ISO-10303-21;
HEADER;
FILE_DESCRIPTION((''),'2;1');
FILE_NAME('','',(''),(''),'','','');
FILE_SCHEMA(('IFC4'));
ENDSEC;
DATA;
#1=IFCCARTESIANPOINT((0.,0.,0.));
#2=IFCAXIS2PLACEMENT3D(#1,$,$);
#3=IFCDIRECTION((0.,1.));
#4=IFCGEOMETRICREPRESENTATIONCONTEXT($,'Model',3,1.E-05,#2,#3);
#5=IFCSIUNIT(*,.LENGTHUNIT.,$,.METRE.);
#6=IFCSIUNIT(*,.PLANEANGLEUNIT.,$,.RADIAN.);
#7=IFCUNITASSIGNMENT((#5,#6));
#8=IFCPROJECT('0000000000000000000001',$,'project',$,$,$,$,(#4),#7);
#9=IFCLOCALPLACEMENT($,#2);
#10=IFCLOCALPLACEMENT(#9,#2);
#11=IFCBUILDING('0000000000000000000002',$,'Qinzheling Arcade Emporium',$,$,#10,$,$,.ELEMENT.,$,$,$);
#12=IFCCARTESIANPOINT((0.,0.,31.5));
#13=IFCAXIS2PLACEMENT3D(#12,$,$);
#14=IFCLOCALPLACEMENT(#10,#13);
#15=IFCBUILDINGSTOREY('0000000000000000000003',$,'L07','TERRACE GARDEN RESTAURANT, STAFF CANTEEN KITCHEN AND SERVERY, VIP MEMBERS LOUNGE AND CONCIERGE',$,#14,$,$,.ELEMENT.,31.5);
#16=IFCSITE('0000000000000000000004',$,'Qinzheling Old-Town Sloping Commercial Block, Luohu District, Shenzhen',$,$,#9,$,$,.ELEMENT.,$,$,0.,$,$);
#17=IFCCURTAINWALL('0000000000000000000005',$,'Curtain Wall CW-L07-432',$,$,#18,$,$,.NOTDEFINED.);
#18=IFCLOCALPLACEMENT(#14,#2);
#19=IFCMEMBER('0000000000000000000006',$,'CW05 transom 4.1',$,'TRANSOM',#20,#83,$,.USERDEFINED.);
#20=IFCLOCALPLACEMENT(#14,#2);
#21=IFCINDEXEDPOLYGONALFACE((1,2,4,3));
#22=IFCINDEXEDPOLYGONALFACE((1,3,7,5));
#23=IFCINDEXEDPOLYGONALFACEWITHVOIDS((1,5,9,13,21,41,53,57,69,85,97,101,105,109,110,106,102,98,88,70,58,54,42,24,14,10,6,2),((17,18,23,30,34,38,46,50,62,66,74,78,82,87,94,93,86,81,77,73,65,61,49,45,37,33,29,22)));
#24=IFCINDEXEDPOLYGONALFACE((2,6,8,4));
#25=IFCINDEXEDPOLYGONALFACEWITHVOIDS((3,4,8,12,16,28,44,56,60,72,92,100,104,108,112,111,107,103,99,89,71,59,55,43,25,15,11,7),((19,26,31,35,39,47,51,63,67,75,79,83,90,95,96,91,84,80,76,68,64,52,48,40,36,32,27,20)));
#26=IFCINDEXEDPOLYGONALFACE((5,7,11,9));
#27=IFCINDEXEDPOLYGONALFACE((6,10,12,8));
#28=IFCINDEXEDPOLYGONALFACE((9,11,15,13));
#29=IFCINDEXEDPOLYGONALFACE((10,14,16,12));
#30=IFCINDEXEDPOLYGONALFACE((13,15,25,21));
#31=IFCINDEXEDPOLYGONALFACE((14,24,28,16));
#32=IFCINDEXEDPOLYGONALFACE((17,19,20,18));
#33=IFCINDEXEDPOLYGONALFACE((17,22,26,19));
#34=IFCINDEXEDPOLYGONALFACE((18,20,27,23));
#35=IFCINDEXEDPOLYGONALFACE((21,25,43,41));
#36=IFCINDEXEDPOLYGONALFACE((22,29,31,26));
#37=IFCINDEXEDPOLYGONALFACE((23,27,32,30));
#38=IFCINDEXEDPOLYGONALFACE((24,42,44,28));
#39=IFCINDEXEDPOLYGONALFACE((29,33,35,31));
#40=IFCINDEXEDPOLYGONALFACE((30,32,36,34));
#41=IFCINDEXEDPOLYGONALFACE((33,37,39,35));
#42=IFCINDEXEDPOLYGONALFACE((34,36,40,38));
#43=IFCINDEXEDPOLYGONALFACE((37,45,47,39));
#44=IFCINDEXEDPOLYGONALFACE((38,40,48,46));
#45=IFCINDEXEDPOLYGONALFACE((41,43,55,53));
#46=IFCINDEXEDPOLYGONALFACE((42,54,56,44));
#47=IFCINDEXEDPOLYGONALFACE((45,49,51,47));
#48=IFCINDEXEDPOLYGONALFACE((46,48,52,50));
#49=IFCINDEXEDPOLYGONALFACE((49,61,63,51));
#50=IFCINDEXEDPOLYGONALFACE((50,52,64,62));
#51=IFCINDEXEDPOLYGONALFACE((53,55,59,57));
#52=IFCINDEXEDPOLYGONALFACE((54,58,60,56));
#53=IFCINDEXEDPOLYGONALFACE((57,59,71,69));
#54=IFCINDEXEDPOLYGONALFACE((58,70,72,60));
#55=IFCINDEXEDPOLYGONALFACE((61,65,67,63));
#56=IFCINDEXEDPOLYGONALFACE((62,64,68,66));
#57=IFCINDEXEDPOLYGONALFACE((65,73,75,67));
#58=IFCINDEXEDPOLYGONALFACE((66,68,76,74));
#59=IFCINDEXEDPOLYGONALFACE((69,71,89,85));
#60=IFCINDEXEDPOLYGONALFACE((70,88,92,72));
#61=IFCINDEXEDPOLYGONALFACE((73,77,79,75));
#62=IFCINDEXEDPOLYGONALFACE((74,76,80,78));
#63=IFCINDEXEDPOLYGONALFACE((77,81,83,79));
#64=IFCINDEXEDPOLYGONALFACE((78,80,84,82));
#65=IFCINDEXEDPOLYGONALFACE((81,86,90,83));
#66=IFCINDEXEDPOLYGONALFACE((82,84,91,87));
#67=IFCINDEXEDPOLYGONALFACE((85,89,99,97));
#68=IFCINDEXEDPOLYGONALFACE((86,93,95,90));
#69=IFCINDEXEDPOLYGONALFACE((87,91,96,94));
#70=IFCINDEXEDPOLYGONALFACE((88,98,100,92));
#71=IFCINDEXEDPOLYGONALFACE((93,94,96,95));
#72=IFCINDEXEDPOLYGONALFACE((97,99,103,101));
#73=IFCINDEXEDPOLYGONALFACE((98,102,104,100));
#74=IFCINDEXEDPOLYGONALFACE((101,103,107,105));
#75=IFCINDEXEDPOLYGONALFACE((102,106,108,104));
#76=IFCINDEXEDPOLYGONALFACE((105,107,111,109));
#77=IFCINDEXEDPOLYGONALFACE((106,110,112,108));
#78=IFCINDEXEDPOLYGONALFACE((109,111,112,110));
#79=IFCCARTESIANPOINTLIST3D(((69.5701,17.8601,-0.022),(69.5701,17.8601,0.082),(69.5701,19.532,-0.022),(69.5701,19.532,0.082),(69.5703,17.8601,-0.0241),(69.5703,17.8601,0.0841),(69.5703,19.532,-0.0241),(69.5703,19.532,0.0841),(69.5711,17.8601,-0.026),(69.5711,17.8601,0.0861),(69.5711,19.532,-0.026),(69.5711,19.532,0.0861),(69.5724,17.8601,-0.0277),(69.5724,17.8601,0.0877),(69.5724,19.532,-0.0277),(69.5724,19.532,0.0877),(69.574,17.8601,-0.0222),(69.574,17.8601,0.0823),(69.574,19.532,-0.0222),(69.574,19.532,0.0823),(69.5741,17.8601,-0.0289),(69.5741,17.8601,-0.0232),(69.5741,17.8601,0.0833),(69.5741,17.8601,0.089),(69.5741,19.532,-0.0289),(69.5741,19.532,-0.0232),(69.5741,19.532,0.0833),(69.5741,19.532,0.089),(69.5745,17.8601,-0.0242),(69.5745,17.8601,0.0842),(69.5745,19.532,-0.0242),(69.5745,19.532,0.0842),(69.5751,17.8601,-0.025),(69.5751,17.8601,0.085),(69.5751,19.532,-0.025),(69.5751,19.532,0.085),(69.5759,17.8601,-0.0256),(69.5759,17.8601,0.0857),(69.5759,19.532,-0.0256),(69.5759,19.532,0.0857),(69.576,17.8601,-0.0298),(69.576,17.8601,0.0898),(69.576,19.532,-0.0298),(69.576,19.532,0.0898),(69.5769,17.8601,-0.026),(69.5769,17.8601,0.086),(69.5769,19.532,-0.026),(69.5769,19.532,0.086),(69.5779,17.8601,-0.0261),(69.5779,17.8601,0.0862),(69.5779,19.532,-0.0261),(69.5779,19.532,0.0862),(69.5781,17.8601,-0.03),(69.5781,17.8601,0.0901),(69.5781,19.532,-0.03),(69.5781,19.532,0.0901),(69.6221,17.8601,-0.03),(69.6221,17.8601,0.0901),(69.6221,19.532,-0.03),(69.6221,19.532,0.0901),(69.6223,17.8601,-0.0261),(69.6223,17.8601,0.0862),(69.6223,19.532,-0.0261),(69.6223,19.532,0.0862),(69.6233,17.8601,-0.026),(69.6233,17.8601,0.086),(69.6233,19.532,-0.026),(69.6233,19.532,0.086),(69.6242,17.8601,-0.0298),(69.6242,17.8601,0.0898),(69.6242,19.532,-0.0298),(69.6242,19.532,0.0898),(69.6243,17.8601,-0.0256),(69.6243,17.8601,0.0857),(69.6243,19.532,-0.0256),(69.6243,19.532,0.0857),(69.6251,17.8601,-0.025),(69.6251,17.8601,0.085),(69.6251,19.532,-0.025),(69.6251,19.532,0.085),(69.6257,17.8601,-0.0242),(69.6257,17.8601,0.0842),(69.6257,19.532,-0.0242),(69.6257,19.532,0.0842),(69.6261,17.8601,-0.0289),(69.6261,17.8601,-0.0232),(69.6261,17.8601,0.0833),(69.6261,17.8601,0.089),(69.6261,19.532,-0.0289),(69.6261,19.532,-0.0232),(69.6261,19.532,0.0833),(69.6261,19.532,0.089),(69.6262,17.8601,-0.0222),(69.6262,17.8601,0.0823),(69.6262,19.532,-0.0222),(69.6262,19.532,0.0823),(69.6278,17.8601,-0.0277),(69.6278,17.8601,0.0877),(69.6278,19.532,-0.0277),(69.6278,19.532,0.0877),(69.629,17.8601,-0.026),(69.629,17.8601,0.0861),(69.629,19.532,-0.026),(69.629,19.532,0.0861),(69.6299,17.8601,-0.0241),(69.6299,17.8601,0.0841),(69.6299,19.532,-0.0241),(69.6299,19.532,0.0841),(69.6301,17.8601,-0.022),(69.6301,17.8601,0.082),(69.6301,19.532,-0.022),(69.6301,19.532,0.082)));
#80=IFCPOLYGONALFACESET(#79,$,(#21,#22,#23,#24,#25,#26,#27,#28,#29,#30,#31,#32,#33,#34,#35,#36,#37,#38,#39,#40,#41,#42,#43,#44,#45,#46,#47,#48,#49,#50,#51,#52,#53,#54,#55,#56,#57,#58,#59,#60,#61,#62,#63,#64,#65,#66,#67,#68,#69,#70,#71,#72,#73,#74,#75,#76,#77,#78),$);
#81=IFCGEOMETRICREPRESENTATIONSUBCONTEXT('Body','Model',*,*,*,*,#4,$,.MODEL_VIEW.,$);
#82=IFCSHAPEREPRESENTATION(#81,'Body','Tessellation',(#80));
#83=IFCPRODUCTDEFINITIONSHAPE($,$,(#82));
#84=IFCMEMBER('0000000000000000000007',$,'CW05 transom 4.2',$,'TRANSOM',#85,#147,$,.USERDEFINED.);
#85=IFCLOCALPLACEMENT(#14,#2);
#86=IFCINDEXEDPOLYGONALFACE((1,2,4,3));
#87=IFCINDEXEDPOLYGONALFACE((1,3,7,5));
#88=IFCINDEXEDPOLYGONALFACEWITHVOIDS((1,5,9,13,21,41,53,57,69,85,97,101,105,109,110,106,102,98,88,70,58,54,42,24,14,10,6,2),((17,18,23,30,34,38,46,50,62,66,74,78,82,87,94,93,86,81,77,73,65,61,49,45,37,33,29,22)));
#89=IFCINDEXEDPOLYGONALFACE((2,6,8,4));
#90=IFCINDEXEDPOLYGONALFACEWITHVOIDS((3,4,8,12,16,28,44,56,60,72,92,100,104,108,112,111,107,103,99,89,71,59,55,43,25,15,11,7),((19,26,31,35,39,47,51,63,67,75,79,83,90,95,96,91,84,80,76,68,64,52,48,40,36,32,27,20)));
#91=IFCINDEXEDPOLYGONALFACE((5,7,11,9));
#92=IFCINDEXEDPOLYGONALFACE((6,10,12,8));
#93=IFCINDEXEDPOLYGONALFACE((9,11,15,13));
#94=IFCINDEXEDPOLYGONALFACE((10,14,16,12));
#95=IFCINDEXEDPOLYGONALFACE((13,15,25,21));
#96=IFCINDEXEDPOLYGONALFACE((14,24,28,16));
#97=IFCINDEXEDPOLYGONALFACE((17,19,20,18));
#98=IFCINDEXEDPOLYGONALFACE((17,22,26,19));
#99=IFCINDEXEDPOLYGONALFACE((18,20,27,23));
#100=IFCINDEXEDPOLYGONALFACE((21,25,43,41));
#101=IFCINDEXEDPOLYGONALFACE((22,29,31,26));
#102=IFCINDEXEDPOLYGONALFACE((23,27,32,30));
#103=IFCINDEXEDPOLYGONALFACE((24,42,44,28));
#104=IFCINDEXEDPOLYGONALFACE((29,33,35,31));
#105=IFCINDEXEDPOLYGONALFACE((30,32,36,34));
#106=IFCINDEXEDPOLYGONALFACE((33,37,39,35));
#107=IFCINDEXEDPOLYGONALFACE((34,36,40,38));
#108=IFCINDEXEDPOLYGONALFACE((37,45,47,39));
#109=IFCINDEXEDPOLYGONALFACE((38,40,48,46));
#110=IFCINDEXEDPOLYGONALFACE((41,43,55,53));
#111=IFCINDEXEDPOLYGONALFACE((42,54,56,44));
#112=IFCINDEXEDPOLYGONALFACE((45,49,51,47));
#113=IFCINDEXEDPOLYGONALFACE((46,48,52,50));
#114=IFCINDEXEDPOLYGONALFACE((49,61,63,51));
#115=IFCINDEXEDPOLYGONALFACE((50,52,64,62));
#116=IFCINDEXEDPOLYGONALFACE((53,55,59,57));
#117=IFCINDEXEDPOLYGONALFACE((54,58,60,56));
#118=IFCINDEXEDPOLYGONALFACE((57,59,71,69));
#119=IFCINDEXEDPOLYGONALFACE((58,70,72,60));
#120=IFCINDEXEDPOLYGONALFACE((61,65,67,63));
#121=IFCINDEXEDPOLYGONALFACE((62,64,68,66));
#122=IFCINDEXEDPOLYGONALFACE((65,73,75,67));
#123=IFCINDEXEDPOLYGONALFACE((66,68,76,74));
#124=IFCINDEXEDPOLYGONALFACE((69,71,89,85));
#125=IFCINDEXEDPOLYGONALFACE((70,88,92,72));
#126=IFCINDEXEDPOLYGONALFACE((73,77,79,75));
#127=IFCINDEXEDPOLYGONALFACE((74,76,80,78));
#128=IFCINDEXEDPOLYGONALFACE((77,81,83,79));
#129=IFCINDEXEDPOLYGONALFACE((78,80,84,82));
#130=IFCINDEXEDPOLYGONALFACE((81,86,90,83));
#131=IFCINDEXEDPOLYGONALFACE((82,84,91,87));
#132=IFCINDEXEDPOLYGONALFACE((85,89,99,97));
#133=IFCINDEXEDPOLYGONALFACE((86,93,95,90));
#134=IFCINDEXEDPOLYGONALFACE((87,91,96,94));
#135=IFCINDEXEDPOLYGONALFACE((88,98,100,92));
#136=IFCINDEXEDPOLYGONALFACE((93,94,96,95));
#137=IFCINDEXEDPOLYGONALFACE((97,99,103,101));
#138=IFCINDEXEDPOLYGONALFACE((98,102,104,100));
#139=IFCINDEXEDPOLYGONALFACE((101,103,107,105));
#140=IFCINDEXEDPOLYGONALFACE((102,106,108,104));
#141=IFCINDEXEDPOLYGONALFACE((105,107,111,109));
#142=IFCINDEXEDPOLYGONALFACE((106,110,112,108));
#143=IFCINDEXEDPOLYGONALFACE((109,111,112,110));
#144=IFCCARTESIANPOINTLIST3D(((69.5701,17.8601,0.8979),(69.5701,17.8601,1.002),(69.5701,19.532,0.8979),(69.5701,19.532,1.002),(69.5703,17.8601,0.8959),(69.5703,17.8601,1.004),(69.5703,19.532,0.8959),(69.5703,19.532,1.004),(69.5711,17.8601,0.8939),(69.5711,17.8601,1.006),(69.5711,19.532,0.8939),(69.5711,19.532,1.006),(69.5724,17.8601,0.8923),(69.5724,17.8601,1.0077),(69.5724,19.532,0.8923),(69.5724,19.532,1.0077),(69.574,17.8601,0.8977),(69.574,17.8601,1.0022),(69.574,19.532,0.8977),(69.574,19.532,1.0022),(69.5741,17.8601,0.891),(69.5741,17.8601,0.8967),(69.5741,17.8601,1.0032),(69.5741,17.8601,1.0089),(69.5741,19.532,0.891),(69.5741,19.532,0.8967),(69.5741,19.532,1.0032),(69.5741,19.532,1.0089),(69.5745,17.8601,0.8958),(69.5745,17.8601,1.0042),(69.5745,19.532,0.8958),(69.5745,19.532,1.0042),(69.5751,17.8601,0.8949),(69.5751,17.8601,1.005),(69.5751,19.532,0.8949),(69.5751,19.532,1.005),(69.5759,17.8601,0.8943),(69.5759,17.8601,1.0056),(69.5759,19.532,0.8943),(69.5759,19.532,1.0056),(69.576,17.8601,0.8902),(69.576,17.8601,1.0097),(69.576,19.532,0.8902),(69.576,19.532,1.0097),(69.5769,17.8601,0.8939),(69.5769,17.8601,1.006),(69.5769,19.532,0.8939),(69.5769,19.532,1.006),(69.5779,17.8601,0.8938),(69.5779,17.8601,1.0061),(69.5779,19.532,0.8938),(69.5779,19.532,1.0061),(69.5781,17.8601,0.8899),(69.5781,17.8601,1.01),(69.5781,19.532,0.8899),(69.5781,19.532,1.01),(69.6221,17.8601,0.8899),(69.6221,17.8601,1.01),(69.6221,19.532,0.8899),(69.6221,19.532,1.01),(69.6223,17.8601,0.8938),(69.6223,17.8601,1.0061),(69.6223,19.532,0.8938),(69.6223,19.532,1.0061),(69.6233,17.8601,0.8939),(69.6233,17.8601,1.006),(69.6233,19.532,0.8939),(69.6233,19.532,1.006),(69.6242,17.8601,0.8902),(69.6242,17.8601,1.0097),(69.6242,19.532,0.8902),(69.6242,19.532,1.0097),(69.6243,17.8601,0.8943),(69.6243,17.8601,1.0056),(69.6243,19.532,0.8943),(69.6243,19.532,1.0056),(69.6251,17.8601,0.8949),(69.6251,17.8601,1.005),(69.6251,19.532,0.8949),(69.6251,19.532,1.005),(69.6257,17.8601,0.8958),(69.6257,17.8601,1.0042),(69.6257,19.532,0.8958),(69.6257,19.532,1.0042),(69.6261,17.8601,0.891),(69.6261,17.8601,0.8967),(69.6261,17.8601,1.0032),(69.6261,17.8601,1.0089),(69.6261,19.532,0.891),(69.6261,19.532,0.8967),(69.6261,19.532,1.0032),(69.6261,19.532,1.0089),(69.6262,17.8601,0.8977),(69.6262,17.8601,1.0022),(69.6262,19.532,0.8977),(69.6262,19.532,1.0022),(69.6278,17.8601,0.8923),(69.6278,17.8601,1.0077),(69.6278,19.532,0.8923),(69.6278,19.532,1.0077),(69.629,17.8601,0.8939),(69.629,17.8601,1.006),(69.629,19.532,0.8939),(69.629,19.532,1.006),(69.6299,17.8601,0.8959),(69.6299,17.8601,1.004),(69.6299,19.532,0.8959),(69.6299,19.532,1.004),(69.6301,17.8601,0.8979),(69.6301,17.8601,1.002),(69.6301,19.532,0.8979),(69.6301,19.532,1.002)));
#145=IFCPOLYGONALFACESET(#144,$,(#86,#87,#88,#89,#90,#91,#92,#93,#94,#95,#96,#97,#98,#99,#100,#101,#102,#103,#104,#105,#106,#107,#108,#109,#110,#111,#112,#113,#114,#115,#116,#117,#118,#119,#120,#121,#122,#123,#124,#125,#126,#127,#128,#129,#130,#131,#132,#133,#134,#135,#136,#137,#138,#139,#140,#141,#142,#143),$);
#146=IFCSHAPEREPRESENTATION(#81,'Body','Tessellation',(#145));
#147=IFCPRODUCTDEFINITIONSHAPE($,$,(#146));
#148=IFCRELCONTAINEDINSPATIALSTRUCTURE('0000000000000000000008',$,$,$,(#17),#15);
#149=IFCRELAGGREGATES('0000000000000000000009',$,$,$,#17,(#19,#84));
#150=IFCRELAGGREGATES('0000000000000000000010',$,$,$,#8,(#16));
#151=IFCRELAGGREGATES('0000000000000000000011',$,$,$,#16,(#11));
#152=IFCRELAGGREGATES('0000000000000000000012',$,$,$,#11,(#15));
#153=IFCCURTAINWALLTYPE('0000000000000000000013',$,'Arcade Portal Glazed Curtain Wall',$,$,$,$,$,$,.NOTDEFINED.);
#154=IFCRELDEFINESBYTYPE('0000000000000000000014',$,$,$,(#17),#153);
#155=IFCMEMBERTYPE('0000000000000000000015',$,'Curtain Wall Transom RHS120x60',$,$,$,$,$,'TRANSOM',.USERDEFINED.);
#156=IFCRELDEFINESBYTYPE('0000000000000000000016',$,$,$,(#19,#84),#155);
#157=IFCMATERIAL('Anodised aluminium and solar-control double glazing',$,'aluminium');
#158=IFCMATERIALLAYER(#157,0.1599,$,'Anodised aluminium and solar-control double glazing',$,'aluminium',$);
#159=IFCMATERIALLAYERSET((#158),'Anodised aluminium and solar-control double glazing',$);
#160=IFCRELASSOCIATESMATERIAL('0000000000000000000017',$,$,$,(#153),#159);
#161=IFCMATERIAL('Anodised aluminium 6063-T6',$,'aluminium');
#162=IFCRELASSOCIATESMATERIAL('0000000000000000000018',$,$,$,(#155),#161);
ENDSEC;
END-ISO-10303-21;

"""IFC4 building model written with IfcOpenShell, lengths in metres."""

from ifc_helpers import new_model, si_unit, direction, frame, origin, origin_2d, place, context, subcontext, project, spatial, hollow_rectangle, extrude, material, layer, layer_set, material_profile, profile_set, type_object, element, aggregate, save


model = new_model("IFC4")

# Units and contexts
model_context = context("Model", 3, precision=1e-05, world=origin(), true_north=direction((0.0, 1.0)))
body_context = subcontext(model_context, "Body", "Model", "MODEL_VIEW")
ifc_project = project(units=[si_unit("LENGTHUNIT", "METRE"), si_unit("PLANEANGLEUNIT", "RADIAN")], contexts=[model_context])

# Site, building, storey
site_placement = place(None, origin())
site = spatial("IfcSite", under=ifc_project, at=site_placement, Name="Qinzheling Old-Town Sloping Commercial Block, Luohu District, Shenzhen", CompositionType="ELEMENT", RefElevation=0.0)
building_placement = place(site_placement, origin())
building = spatial("IfcBuilding", under=site, at=building_placement, Name="Qinzheling Arcade Emporium", CompositionType="ELEMENT")
storey_placement = place(building_placement, frame((0.0, 0.0, 31.5)))
storey = spatial("IfcBuildingStorey", under=building, at=storey_placement, Name="L07", Description="TERRACE GARDEN RESTAURANT, STAFF CANTEEN KITCHEN AND SERVERY, VIP MEMBERS LOUNGE AND CONCIERGE", CompositionType="ELEMENT", Elevation=31.5)

# Curtain wall, members
ifc_material_1 = material(Name="Anodised aluminium and solar-control double glazing", Category="aluminium")
ifc_layer_1 = layer(ifc_material_1, 0.1599, Name="Anodised aluminium and solar-control double glazing", Category="aluminium")
ifc_layer_set_1 = layer_set([ifc_layer_1], Name="Anodised aluminium and solar-control double glazing")
curtain_wall_type = type_object("IfcCurtainWallType", Name="Arcade Portal Glazed Curtain Wall", PredefinedType="NOTDEFINED", material=ifc_layer_set_1)
curtain_wall_placement = place(storey_placement, origin())
curtain_wall = element("IfcCurtainWall", 1, at=curtain_wall_placement, inside=storey, type_object=curtain_wall_type, Name="Curtain Wall CW-L07-432", PredefinedType="NOTDEFINED")
ifc_material_2 = material(Name="Anodised aluminium 6063-T6", Category="aluminium")
ifc_material_profile_1 = material_profile(ifc_material_2, hollow_rectangle(XDim=0.0601, YDim=0.1201, WallThickness=0.0039, InnerFilletRadius=0.0039, OuterFilletRadius=0.0081, at=origin_2d()), Name="RHS 120x60x4", Category="aluminium")
ifc_profile_set_1 = profile_set([ifc_material_profile_1], Name="Anodised aluminium 6063-T6")
member_type_1 = type_object("IfcMemberType", Name="Curtain Wall Transom RHS120x60", ElementType="TRANSOM", PredefinedType="USERDEFINED", material=ifc_profile_set_1)
member_1_placement = place(storey_placement, frame((69.6001, 19.532, 0.03), z_axis=(0.0, -1.0, 0.0), x_axis=(1.0, 0.0, 0.0)))
member_1 = element("IfcMember", 2, at=member_1_placement, type_object=member_type_1, Name="CW05 transom 4.1", ObjectType="TRANSOM", PredefinedType="USERDEFINED", context=body_context, shape_type="SweptSolid", body=[
    extrude(hollow_rectangle(XDim=0.0601, YDim=0.1201, WallThickness=0.0039, InnerFilletRadius=0.0039, OuterFilletRadius=0.0081, at=origin_2d()), origin(), (0.0, 0.0, 1.0), 1.6719),
])
member_2_placement = place(storey_placement, frame((69.6001, 19.532, 0.95), z_axis=(0.0, -1.0, 0.0), x_axis=(1.0, 0.0, 0.0)))
member_2 = element("IfcMember", 3, at=member_2_placement, type_object=member_type_1, Name="CW05 transom 4.2", ObjectType="TRANSOM", PredefinedType="USERDEFINED", context=body_context, shape_type="SweptSolid", body=[
    extrude(hollow_rectangle(XDim=0.0601, YDim=0.1201, WallThickness=0.0039, InnerFilletRadius=0.0039, OuterFilletRadius=0.0081, at=origin_2d()), origin(), (0.0, 0.0, 1.0), 1.6719),
])
aggregate(curtain_wall, [member_1, member_2])

save(model, "model.ifc")
